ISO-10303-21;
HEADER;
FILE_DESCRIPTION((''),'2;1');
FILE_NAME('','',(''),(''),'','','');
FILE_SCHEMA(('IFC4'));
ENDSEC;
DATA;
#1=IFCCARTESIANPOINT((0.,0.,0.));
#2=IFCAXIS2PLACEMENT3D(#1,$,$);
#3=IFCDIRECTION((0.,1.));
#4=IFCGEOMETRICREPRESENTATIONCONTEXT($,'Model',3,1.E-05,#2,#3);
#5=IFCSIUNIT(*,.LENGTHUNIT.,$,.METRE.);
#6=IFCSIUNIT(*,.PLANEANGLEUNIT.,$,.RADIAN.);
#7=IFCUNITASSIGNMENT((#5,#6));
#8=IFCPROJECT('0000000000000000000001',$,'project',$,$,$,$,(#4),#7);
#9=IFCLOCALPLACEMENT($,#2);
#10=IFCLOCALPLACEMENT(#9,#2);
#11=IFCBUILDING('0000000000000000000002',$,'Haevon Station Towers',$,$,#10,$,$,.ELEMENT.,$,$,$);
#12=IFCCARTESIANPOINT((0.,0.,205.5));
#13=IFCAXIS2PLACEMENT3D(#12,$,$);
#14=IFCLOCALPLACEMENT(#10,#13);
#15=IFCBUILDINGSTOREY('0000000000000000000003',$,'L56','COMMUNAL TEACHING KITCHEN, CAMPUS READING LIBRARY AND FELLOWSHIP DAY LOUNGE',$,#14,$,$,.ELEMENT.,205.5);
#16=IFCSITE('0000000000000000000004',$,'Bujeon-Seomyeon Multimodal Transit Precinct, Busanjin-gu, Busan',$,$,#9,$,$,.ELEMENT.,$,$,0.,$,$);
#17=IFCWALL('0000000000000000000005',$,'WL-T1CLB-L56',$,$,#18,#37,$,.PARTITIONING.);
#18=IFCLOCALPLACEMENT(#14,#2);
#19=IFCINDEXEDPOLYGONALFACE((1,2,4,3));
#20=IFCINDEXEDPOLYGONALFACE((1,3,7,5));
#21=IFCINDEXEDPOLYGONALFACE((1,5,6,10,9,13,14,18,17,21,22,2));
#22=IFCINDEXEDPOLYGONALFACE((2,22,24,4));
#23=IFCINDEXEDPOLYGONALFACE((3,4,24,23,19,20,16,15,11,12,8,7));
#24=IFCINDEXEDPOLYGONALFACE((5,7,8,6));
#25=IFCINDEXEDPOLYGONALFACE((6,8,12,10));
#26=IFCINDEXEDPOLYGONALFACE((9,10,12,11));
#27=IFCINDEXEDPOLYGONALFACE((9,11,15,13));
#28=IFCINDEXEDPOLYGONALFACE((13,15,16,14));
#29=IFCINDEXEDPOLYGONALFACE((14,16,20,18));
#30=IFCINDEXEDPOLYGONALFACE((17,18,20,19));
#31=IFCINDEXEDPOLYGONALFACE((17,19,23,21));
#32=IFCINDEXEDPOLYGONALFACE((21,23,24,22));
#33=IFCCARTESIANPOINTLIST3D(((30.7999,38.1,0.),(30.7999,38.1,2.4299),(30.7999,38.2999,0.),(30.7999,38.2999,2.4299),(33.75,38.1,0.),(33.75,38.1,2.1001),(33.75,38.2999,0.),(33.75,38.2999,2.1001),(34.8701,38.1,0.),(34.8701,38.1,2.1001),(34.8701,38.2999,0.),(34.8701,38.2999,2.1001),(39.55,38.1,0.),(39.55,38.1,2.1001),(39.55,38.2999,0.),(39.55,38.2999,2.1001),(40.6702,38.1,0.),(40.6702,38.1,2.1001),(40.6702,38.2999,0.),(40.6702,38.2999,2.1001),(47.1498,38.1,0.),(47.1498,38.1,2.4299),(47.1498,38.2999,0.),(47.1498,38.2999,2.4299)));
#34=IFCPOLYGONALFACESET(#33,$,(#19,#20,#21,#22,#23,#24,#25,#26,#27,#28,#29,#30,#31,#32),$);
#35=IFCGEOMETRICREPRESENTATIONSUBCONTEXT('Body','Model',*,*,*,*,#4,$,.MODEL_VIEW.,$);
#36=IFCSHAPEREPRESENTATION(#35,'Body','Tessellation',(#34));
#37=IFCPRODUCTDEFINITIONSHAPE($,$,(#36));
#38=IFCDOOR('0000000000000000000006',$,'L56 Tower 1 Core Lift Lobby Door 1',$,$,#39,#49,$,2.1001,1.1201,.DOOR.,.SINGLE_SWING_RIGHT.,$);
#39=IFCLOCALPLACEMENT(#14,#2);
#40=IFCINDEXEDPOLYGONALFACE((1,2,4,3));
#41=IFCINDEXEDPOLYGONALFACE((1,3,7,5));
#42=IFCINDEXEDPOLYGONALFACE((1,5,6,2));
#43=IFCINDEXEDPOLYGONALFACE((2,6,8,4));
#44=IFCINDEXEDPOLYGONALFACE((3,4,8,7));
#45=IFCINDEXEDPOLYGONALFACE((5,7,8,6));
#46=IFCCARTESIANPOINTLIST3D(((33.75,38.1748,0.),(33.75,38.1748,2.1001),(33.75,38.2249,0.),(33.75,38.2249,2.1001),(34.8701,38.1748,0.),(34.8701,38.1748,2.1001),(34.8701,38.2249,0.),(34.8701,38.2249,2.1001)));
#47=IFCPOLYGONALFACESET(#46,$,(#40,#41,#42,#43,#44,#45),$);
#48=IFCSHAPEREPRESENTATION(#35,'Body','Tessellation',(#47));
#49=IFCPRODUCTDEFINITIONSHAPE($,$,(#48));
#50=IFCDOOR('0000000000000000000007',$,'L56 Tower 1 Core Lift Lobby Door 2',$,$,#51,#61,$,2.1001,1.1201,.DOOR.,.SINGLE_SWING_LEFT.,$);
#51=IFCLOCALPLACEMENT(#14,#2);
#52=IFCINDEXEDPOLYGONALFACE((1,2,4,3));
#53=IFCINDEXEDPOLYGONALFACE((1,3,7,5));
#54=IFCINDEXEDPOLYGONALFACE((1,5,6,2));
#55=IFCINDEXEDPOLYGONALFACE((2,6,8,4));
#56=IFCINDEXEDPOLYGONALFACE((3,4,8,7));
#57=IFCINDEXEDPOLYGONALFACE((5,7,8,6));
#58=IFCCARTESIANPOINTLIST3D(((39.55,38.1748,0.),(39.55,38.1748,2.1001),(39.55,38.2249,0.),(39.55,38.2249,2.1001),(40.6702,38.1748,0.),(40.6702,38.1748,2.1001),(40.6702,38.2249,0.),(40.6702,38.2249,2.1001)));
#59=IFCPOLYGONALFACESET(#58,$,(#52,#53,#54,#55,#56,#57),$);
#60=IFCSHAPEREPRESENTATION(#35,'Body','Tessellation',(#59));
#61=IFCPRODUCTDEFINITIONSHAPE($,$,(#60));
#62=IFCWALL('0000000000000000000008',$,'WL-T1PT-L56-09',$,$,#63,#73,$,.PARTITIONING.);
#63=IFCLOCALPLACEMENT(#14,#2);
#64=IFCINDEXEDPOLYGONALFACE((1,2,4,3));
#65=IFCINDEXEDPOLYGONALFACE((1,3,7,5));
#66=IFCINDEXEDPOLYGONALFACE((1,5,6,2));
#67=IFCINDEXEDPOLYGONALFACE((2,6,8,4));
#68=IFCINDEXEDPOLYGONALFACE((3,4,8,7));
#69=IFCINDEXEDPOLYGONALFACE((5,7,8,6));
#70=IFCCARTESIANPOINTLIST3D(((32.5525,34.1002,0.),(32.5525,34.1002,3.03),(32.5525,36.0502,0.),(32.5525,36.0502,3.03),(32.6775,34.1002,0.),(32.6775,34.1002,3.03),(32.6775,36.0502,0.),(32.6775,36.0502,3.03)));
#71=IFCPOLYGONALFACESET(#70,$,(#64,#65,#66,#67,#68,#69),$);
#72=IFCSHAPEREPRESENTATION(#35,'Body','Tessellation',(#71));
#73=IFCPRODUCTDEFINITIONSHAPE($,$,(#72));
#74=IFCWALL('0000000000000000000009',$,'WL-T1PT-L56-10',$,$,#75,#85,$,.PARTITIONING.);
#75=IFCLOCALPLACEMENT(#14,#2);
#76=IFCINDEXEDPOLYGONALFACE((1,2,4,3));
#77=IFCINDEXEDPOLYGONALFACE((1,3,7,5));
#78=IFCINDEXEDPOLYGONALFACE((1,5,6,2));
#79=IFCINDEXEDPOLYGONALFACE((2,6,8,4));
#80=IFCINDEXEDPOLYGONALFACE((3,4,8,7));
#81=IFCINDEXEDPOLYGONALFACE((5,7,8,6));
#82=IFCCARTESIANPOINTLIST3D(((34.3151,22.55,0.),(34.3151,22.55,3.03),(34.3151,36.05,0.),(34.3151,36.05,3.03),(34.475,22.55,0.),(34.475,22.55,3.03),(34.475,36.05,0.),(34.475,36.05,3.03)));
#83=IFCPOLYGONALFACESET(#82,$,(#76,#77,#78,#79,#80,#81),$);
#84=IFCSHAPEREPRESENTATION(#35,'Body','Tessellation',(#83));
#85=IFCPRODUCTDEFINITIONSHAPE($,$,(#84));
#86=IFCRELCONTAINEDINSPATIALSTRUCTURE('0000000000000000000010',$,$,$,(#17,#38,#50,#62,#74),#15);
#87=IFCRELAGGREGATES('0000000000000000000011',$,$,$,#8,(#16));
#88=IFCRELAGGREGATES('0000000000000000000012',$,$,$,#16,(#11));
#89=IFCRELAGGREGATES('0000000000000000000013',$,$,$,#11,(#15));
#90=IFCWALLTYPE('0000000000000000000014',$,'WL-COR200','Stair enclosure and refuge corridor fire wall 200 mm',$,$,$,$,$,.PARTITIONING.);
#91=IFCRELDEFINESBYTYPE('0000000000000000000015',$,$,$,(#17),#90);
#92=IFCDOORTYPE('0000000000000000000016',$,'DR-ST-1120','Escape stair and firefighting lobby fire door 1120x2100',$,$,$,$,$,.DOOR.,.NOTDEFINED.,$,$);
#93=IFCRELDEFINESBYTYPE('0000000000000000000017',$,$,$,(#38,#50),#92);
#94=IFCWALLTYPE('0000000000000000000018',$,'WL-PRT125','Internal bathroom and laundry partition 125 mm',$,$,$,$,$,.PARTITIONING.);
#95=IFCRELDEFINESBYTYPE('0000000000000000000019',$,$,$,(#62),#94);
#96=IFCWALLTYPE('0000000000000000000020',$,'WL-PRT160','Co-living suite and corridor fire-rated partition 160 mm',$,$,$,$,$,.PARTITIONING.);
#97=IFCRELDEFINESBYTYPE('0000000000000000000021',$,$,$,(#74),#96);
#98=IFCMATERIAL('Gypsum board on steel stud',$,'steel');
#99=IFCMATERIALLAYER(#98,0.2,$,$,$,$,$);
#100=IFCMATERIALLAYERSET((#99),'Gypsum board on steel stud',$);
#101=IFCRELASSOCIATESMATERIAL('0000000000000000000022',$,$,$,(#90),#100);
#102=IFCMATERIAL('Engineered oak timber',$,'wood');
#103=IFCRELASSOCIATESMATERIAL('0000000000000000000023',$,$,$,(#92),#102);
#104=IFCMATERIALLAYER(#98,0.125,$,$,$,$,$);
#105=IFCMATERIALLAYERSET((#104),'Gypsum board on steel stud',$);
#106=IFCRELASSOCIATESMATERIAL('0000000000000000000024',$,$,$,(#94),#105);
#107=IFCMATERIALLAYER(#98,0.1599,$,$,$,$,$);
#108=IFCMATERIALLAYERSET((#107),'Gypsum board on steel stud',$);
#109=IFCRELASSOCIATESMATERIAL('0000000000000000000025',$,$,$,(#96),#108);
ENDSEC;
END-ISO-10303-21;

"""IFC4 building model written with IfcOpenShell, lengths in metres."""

from ifc_helpers import new_model, si_unit, direction, frame, frame_2d, origin, place, context, subcontext, project, spatial, rectangle, extrude, material, layer, layer_set, type_object, element, fill, save


model = new_model("IFC4")

# Units and contexts
model_context = context("Model", 3, precision=1e-05, world=origin(), true_north=direction((0.0, 1.0)))
body_context = subcontext(model_context, "Body", "Model", "MODEL_VIEW")
ifc_project = project(units=[si_unit("LENGTHUNIT", "METRE"), si_unit("PLANEANGLEUNIT", "RADIAN")], contexts=[model_context])

# Site, building, storey
site_placement = place(None, origin())
site = spatial("IfcSite", under=ifc_project, at=site_placement, Name="Bujeon-Seomyeon Multimodal Transit Precinct, Busanjin-gu, Busan", CompositionType="ELEMENT", RefElevation=0.0)
building_placement = place(site_placement, origin())
building = spatial("IfcBuilding", under=site, at=building_placement, Name="Haevon Station Towers", CompositionType="ELEMENT")
storey_placement = place(building_placement, frame((0.0, 0.0, 205.5)))
storey = spatial("IfcBuildingStorey", under=building, at=storey_placement, Name="L56", Description="COMMUNAL TEACHING KITCHEN, CAMPUS READING LIBRARY AND FELLOWSHIP DAY LOUNGE", CompositionType="ELEMENT", Elevation=205.5)

# Shared definitions
ifc_material_1 = material(Name="Gypsum board on steel stud", Category="steel")
ifc_layer_1 = layer(ifc_material_1, 0.2)
ifc_layer_set_1 = layer_set([ifc_layer_1], Name="Gypsum board on steel stud")
wall_type_1 = type_object("IfcWallType", Name="WL-COR200", Description="Stair enclosure and refuge corridor fire wall 200 mm", PredefinedType="PARTITIONING", material=ifc_layer_set_1)
ifc_material_2 = material(Name="Engineered oak timber", Category="wood")

# Wall, openings, doors
wall_1_placement = place(storey_placement, frame((30.8, 38.2, 0.0), z_axis=(0.0, 0.0, 1.0), x_axis=(1.0, 0.0, 0.0)))
wall_1 = element("IfcWall", 1, at=wall_1_placement, inside=storey, type_object=wall_type_1, Name="WL-T1CLB-L56", PredefinedType="PARTITIONING", context=body_context, shape_type="SweptSolid", body=[
    extrude(rectangle(XDim=16.3499, YDim=0.2, at=frame_2d((8.1748, 0.0))), origin(), (0.0, 0.0, 1.0), 2.4299),
])
opening_1_placement = place(wall_1_placement, frame((2.95, 0.0, 0.0)))
opening_1 = element("IfcOpeningElement", 2, at=opening_1_placement, cuts=wall_1, PredefinedType="OPENING", context=body_context, shape_type="SweptSolid", body=[
    extrude(rectangle(XDim=1.1201, YDim=2.1001, at=frame_2d((0.5601, 1.05))), frame((0.0, 0.1099, 0.0), z_axis=(0.0, -1.0, 0.0), x_axis=(1.0, 0.0, 0.0)), (0.0, 0.0, 1.0), 0.22),
])
opening_2_placement = place(wall_1_placement, frame((8.75, 0.0, 0.0)))
opening_2 = element("IfcOpeningElement", 3, at=opening_2_placement, cuts=wall_1, PredefinedType="OPENING", context=body_context, shape_type="SweptSolid", body=[
    extrude(rectangle(XDim=1.1201, YDim=2.1001, at=frame_2d((0.5601, 1.05))), frame((0.0, 0.1099, 0.0), z_axis=(0.0, -1.0, 0.0), x_axis=(1.0, 0.0, 0.0)), (0.0, 0.0, 1.0), 0.22),
])
door_type_1 = type_object("IfcDoorType", Name="DR-ST-1120", Description="Escape stair and firefighting lobby fire door 1120x2100", OperationType="NOTDEFINED", PredefinedType="DOOR", material=ifc_material_2)
door_1_placement = place(opening_1_placement, origin())
door_1 = element("IfcDoor", 4, at=door_1_placement, inside=storey, type_object=door_type_1, Name="L56 Tower 1 Core Lift Lobby Door 1", OperationType="SINGLE_SWING_RIGHT", OverallHeight=2.1001, OverallWidth=1.1201, PredefinedType="DOOR", context=body_context, shape_type="SweptSolid", body=[
    extrude(rectangle(XDim=1.1201, YDim=2.1001, at=frame_2d((0.5601, 1.05))), frame((0.0, 0.0249, 0.0), z_axis=(0.0, -1.0, 0.0), x_axis=(1.0, 0.0, 0.0)), (0.0, 0.0, 1.0), 0.05),
])
fill(opening_1, door_1)
door_2_placement = place(opening_2_placement, origin())
door_2 = element("IfcDoor", 5, at=door_2_placement, inside=storey, type_object=door_type_1, Name="L56 Tower 1 Core Lift Lobby Door 2", OperationType="SINGLE_SWING_LEFT", OverallHeight=2.1001, OverallWidth=1.1201, PredefinedType="DOOR", context=body_context, shape_type="SweptSolid", body=[
    extrude(rectangle(XDim=1.1201, YDim=2.1001, at=frame_2d((0.5601, 1.05))), frame((0.0, 0.0249, 0.0), z_axis=(0.0, -1.0, 0.0), x_axis=(1.0, 0.0, 0.0)), (0.0, 0.0, 1.0), 0.05),
])
fill(opening_2, door_2)

# Walls
ifc_layer_2 = layer(ifc_material_1, 0.125)
ifc_layer_set_2 = layer_set([ifc_layer_2], Name="Gypsum board on steel stud")
wall_type_2 = type_object("IfcWallType", Name="WL-PRT125", Description="Internal bathroom and laundry partition 125 mm", PredefinedType="PARTITIONING", material=ifc_layer_set_2)
wall_2_placement = place(storey_placement, frame((32.615, 34.1001, 0.0), z_axis=(0.0, 0.0, 1.0), x_axis=(0.0, 1.0, 0.0)))
element("IfcWall", 6, at=wall_2_placement, inside=storey, type_object=wall_type_2, Name="WL-T1PT-L56-09", PredefinedType="PARTITIONING", context=body_context, shape_type="SweptSolid", body=[
    extrude(rectangle(XDim=1.95, YDim=0.125, at=frame_2d((0.9751, 0.0))), origin(), (0.0, 0.0, 1.0), 3.03),
])
ifc_layer_3 = layer(ifc_material_1, 0.1599)
ifc_layer_set_3 = layer_set([ifc_layer_3], Name="Gypsum board on steel stud")
wall_type_3 = type_object("IfcWallType", Name="WL-PRT160", Description="Co-living suite and corridor fire-rated partition 160 mm", PredefinedType="PARTITIONING", material=ifc_layer_set_3)
wall_3_placement = place(storey_placement, frame((34.395, 22.55, 0.0), z_axis=(0.0, 0.0, 1.0), x_axis=(0.0, 1.0, 0.0)))
element("IfcWall", 7, at=wall_3_placement, inside=storey, type_object=wall_type_3, Name="WL-T1PT-L56-10", PredefinedType="PARTITIONING", context=body_context, shape_type="SweptSolid", body=[
    extrude(rectangle(XDim=13.5, YDim=0.1599, at=frame_2d((6.75, 0.0))), origin(), (0.0, 0.0, 1.0), 3.03),
])

save(model, "model.ifc")
